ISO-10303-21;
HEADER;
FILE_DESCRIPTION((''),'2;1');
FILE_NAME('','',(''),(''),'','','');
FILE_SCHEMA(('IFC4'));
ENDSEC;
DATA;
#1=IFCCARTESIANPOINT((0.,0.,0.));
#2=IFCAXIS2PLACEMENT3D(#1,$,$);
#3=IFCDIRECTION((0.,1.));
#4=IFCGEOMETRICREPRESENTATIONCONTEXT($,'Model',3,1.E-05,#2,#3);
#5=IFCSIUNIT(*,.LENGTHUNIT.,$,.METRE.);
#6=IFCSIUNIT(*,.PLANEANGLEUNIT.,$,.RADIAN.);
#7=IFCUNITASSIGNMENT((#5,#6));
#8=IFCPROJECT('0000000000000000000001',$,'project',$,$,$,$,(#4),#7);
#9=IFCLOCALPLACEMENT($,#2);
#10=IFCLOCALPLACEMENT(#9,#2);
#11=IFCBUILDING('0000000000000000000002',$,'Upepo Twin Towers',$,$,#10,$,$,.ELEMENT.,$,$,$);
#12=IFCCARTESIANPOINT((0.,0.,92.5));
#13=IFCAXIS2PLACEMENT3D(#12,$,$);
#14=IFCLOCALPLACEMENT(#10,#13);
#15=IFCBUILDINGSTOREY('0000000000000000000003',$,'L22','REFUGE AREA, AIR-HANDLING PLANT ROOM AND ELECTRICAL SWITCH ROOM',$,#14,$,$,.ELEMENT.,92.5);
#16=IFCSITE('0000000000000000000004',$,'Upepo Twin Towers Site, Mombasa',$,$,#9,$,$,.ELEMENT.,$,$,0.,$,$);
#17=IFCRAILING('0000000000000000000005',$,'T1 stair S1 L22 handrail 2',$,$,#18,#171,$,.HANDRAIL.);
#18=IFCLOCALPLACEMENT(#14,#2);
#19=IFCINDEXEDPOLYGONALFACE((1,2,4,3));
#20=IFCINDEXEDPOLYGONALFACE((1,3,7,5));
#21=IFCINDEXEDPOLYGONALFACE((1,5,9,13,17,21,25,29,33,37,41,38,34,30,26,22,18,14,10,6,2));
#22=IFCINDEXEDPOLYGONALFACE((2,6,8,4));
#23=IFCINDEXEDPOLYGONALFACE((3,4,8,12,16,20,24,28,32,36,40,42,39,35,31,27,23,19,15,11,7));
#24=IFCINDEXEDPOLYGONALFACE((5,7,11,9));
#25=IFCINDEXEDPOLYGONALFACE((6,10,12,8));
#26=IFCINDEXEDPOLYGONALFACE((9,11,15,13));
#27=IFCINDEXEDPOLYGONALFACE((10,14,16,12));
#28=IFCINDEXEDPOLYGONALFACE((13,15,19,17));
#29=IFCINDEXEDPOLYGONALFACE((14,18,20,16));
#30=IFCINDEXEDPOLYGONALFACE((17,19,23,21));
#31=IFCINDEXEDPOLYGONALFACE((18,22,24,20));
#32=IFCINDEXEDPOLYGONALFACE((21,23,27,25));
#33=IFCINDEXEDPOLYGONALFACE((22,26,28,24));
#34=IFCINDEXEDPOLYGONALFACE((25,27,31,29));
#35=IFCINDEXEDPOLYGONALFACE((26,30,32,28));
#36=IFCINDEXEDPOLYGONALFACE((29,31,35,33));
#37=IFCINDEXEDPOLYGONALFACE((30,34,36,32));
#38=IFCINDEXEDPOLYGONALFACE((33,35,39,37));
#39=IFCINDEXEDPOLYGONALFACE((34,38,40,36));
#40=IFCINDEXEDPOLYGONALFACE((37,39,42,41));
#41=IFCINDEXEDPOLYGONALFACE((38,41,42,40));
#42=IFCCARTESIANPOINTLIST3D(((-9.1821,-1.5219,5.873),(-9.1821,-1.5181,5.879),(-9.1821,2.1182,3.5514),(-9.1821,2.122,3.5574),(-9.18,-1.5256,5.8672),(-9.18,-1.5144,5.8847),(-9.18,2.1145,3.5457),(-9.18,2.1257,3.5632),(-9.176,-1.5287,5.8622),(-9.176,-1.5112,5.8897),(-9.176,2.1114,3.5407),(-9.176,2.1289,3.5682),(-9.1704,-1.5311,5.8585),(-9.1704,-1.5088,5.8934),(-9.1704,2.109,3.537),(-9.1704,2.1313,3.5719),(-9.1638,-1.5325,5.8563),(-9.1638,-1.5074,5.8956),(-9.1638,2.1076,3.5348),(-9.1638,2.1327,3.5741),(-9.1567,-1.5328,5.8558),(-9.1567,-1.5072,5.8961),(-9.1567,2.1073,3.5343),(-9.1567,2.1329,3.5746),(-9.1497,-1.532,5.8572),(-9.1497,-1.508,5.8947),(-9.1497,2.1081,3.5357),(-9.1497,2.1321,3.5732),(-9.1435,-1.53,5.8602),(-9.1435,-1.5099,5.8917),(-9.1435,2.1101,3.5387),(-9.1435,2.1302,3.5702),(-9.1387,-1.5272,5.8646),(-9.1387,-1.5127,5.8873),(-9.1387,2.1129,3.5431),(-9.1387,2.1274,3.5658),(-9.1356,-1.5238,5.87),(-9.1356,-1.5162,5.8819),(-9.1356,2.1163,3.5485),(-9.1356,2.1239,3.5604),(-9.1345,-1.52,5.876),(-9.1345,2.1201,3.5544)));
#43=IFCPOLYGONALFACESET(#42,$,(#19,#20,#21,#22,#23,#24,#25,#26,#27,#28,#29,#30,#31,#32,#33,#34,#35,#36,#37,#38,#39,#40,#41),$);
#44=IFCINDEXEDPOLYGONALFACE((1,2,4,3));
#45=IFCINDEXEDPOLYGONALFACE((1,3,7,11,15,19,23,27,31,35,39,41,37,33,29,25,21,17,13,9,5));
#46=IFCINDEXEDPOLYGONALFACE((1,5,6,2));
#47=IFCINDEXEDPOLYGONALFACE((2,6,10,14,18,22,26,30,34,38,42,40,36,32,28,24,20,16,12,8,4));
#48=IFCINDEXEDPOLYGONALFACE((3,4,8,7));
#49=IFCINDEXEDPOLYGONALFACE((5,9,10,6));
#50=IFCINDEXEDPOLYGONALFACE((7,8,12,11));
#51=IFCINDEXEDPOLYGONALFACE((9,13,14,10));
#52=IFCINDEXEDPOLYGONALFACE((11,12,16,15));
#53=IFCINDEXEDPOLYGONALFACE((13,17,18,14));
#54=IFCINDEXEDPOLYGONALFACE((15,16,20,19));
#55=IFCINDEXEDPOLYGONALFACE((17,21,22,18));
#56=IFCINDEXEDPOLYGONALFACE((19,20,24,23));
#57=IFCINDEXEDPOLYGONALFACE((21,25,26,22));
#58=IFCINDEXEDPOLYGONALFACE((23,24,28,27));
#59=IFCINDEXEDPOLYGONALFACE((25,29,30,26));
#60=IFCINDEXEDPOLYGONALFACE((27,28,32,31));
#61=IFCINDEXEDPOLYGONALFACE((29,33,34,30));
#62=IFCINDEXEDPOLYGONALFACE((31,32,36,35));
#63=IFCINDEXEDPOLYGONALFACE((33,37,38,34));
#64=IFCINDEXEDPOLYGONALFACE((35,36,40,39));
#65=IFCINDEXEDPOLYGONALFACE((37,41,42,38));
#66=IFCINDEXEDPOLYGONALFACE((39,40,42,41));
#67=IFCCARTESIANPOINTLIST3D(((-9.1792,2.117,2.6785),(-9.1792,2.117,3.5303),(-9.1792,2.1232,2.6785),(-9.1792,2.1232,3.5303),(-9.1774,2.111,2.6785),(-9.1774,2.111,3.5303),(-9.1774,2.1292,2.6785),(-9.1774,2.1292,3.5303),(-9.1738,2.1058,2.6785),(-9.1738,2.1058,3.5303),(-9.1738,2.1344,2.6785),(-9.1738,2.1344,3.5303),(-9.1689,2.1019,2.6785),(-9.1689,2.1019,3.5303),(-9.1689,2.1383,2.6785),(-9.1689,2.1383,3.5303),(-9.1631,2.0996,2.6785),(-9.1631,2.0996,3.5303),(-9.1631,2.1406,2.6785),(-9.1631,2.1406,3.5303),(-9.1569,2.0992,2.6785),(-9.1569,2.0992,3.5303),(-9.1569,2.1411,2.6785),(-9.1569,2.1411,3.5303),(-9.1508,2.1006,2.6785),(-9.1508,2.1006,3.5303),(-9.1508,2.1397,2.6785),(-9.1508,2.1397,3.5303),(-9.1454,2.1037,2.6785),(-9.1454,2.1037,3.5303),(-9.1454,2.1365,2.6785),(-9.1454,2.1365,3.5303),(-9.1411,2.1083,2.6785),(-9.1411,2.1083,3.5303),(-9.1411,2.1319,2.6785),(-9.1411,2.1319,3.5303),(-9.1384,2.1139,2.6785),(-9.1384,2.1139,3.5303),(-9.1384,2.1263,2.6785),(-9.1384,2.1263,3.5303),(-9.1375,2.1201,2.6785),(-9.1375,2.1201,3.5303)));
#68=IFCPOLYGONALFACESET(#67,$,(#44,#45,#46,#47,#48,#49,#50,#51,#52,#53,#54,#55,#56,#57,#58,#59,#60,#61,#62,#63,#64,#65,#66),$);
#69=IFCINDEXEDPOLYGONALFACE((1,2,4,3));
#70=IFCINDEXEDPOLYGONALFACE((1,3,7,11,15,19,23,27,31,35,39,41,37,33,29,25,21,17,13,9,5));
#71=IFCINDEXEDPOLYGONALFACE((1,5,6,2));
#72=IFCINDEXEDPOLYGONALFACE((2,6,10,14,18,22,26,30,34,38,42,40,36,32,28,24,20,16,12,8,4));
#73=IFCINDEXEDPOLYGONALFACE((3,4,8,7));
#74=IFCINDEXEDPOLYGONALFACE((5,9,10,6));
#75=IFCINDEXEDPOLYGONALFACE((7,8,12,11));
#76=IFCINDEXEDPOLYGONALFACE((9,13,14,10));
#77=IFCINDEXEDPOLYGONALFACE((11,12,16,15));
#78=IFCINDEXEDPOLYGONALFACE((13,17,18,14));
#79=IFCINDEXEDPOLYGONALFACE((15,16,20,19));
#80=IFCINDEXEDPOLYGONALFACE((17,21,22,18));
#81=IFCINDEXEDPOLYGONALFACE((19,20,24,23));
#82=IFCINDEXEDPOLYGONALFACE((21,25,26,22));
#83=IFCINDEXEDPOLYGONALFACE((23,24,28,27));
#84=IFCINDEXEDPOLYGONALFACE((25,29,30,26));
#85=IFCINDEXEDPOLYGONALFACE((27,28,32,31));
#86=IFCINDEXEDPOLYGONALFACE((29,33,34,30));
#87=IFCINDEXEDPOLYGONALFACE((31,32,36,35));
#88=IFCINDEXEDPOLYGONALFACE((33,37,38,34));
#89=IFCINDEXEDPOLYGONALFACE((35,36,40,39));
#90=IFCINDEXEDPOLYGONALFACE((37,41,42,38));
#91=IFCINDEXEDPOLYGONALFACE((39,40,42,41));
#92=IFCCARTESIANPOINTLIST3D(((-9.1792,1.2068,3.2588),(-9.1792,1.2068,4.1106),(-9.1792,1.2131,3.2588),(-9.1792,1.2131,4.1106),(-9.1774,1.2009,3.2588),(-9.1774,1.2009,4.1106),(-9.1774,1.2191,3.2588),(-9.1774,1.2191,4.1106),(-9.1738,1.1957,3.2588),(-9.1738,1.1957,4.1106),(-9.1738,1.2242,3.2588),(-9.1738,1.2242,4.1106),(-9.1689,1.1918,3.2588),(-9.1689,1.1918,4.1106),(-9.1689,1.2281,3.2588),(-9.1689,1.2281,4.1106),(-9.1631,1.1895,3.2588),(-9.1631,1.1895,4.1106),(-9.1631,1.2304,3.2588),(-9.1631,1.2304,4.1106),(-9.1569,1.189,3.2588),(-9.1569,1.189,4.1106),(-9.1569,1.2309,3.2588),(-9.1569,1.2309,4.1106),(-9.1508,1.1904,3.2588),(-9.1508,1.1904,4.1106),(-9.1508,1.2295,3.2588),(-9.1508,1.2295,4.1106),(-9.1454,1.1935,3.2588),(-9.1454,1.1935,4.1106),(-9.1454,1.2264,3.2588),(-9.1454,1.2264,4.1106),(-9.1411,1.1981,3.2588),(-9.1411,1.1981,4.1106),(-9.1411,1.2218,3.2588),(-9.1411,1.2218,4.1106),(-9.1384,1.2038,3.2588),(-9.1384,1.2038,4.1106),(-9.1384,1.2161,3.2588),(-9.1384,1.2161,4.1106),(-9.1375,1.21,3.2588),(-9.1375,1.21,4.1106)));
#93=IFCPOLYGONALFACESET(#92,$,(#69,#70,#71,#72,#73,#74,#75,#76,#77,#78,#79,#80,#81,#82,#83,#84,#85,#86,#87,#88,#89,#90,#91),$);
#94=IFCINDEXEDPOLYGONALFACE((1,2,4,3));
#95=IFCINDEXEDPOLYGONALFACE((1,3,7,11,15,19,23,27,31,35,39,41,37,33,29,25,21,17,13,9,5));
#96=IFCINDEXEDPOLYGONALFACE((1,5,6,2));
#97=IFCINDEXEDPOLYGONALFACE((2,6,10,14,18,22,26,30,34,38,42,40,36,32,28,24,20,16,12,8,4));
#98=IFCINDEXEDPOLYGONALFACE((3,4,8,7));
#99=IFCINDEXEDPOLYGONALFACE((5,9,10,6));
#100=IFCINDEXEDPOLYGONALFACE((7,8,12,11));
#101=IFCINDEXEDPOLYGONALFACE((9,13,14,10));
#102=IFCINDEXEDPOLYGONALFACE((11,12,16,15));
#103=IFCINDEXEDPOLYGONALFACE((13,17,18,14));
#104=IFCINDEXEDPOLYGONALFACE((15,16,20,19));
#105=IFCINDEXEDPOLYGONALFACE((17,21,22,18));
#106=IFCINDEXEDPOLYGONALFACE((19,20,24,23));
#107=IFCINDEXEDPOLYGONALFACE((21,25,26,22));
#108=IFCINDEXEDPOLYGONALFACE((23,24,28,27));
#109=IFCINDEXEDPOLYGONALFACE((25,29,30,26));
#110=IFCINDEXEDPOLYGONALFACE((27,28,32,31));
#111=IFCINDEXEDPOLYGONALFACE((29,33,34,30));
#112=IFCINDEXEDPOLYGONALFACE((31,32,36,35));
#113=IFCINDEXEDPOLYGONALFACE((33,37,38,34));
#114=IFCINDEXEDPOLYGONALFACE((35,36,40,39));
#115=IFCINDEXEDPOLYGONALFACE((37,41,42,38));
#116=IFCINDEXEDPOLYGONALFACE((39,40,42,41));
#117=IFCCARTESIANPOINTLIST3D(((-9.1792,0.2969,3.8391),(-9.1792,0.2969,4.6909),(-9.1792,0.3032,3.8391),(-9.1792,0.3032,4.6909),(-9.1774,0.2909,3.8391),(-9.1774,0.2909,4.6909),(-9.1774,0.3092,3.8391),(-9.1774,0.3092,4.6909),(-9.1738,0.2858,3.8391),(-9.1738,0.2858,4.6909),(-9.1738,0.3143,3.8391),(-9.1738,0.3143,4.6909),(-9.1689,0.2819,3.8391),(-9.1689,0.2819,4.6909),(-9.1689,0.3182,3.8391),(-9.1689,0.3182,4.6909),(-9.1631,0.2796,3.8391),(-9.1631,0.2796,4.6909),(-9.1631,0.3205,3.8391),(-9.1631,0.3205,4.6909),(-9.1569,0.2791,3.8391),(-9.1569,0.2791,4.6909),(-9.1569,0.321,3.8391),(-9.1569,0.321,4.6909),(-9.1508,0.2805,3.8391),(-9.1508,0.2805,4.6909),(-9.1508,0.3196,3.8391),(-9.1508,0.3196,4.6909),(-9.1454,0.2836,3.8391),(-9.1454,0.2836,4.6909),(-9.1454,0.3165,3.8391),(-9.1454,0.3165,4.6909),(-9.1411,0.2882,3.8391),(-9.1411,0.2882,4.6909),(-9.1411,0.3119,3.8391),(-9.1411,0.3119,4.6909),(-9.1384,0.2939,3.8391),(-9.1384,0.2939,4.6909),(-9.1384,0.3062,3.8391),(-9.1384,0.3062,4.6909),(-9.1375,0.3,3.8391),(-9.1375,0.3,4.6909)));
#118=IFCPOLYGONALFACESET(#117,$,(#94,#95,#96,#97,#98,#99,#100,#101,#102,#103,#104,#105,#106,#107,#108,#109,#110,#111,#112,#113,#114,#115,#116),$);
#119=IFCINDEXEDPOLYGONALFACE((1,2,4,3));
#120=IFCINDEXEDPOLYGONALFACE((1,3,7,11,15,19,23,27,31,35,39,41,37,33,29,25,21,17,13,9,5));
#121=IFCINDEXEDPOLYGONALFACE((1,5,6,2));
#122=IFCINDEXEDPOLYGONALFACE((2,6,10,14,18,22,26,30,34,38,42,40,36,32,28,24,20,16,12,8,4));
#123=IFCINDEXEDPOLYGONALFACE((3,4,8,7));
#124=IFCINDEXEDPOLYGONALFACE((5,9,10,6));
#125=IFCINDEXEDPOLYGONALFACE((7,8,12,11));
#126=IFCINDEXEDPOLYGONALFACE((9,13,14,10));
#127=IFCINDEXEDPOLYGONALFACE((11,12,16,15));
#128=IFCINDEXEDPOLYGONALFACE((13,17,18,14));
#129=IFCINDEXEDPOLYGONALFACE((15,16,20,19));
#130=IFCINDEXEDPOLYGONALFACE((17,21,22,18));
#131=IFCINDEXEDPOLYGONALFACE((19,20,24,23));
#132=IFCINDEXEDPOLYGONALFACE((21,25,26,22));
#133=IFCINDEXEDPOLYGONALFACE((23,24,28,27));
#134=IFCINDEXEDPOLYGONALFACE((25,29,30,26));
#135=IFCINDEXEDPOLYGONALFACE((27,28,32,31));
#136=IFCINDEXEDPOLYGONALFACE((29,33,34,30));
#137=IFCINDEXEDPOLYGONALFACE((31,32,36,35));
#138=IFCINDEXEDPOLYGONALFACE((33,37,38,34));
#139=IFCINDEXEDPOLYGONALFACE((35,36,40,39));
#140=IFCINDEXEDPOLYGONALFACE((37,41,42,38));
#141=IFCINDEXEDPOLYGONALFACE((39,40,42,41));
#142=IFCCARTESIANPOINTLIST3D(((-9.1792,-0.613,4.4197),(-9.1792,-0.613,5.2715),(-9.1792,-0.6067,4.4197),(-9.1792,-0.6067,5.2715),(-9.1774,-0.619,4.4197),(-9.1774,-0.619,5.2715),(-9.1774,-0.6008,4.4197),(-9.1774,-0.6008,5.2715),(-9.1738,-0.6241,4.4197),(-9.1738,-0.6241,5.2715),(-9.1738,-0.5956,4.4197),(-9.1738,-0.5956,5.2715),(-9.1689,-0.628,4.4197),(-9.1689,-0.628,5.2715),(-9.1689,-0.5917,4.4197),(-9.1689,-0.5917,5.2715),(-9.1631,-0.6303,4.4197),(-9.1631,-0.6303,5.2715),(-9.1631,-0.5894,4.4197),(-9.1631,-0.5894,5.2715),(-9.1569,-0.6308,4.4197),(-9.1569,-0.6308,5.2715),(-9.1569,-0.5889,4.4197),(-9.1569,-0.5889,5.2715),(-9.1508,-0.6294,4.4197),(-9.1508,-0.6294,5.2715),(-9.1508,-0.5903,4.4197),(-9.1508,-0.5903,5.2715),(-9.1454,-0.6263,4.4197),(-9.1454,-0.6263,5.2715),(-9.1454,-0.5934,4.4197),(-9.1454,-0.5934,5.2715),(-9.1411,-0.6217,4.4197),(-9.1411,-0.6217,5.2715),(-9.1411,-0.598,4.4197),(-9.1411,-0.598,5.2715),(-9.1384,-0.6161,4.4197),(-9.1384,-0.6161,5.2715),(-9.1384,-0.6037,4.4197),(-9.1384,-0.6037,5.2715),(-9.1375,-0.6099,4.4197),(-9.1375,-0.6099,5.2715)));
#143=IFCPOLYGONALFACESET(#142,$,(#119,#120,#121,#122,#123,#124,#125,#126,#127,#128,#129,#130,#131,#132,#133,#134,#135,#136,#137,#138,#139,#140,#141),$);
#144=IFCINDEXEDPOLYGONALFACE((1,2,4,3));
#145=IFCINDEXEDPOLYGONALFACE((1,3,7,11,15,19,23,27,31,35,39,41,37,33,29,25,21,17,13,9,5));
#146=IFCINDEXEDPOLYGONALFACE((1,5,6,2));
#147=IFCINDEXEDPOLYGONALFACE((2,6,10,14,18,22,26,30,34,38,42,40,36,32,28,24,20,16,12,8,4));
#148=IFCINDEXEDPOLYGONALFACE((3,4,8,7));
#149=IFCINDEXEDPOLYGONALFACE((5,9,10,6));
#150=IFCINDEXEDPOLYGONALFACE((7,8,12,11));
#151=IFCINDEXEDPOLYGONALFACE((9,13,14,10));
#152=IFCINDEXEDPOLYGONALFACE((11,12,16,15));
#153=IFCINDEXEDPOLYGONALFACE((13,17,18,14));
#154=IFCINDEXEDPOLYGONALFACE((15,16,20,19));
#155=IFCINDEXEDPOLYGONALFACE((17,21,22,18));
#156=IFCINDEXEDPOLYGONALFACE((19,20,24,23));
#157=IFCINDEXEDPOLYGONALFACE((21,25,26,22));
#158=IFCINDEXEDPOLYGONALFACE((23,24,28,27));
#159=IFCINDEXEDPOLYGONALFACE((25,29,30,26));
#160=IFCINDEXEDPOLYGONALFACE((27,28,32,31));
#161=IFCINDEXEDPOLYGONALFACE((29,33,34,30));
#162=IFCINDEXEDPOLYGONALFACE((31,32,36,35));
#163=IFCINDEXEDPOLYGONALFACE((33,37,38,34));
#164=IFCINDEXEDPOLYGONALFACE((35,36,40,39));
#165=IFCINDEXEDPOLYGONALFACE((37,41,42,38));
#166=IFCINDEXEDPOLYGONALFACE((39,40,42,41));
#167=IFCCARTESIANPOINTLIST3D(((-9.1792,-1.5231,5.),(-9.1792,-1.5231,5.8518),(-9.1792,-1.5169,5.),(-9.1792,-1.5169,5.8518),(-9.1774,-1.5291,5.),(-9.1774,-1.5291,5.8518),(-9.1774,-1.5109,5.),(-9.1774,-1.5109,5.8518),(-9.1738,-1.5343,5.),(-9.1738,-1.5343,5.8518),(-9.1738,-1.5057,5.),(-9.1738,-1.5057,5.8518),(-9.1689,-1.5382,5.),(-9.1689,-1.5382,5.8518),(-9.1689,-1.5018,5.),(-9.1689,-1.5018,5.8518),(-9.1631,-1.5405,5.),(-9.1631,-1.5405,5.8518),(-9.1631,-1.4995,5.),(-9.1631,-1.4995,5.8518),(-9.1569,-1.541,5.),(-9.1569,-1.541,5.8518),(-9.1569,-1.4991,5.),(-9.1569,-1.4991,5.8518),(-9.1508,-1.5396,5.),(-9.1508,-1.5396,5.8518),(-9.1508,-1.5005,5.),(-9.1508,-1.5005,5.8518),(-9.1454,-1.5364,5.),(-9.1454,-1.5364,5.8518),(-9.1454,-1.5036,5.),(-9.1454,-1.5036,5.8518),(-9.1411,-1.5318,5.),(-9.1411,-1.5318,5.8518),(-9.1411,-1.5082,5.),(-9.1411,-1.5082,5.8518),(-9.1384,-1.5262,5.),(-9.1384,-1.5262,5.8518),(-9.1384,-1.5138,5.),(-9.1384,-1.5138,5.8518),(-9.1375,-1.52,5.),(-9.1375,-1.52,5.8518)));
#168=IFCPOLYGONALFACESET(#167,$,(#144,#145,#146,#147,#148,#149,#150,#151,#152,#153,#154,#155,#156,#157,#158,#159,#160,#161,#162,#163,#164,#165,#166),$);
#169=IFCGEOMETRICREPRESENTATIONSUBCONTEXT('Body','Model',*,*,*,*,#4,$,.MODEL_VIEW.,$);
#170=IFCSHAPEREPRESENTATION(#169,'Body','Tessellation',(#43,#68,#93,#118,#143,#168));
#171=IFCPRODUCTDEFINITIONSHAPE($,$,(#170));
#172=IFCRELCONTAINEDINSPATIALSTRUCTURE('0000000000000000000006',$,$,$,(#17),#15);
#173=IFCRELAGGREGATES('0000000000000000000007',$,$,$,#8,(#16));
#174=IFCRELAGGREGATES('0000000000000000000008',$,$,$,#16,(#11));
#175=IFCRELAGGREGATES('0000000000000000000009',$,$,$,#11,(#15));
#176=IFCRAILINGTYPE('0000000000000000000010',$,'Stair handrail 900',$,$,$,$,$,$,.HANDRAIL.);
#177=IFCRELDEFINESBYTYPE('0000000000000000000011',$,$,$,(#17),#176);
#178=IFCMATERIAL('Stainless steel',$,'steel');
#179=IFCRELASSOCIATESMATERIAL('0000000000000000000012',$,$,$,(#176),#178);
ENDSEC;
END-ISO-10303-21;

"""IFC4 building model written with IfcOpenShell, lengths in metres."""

from ifc_helpers import new_model, si_unit, direction, frame, origin, origin_2d, place, context, subcontext, project, spatial, circle, extrude, material, type_object, element, save


model = new_model("IFC4")

# Units and contexts
model_context = context("Model", 3, precision=1e-05, world=origin(), true_north=direction((0.0, 1.0)))
body_context = subcontext(model_context, "Body", "Model", "MODEL_VIEW")
ifc_project = project(units=[si_unit("LENGTHUNIT", "METRE"), si_unit("PLANEANGLEUNIT", "RADIAN")], contexts=[model_context])

# Site, building, storey
site_placement = place(None, origin())
site = spatial("IfcSite", under=ifc_project, at=site_placement, Name="Upepo Twin Towers Site, Mombasa", CompositionType="ELEMENT", RefElevation=0.0)
building_placement = place(site_placement, origin())
building = spatial("IfcBuilding", under=site, at=building_placement, Name="Upepo Twin Towers", CompositionType="ELEMENT")
storey_placement = place(building_placement, frame((0.0, 0.0, 92.5)))
storey = spatial("IfcBuildingStorey", under=building, at=storey_placement, Name="L22", Description="REFUGE AREA, AIR-HANDLING PLANT ROOM AND ELECTRICAL SWITCH ROOM", CompositionType="ELEMENT", Elevation=92.5)

# Railing
ifc_material_1 = material(Name="Stainless steel", Category="steel")
railing_type_1 = type_object("IfcRailingType", Name="Stair handrail 900", PredefinedType="HANDRAIL", material=ifc_material_1)
railing_1_placement = place(storey_placement, frame((-9.1584, 2.1201, 2.6785)))
element("IfcRailing", 1, at=railing_1_placement, inside=storey, type_object=railing_type_1, Name="T1 stair S1 L22 handrail 2", PredefinedType="HANDRAIL", context=body_context, shape_type="SweptSolid", body=[
    extrude(circle(Radius=0.0239, at=origin_2d()), frame((0.0, 0.0, 0.876), z_axis=(0.0, -0.843128, 0.537713), x_axis=(1.0, 0.0, 0.0)), (0.0, 0.0, 1.0), 4.3174),
    extrude(circle(Radius=0.021, at=origin_2d()), origin(), (0.0, 0.0, 1.0), 0.8518),
    extrude(circle(Radius=0.021, at=origin_2d()), frame((0.0, -0.9102, 0.5803)), (0.0, 0.0, 1.0), 0.8518),
    extrude(circle(Radius=0.021, at=origin_2d()), frame((0.0, -1.8201, 1.1606)), (0.0, 0.0, 1.0), 0.8518),
    extrude(circle(Radius=0.021, at=origin_2d()), frame((0.0, -2.73, 1.7412)), (0.0, 0.0, 1.0), 0.8518),
    extrude(circle(Radius=0.021, at=origin_2d()), frame((0.0, -3.6401, 2.3215)), (0.0, 0.0, 1.0), 0.8518),
])

save(model, "model.ifc")
